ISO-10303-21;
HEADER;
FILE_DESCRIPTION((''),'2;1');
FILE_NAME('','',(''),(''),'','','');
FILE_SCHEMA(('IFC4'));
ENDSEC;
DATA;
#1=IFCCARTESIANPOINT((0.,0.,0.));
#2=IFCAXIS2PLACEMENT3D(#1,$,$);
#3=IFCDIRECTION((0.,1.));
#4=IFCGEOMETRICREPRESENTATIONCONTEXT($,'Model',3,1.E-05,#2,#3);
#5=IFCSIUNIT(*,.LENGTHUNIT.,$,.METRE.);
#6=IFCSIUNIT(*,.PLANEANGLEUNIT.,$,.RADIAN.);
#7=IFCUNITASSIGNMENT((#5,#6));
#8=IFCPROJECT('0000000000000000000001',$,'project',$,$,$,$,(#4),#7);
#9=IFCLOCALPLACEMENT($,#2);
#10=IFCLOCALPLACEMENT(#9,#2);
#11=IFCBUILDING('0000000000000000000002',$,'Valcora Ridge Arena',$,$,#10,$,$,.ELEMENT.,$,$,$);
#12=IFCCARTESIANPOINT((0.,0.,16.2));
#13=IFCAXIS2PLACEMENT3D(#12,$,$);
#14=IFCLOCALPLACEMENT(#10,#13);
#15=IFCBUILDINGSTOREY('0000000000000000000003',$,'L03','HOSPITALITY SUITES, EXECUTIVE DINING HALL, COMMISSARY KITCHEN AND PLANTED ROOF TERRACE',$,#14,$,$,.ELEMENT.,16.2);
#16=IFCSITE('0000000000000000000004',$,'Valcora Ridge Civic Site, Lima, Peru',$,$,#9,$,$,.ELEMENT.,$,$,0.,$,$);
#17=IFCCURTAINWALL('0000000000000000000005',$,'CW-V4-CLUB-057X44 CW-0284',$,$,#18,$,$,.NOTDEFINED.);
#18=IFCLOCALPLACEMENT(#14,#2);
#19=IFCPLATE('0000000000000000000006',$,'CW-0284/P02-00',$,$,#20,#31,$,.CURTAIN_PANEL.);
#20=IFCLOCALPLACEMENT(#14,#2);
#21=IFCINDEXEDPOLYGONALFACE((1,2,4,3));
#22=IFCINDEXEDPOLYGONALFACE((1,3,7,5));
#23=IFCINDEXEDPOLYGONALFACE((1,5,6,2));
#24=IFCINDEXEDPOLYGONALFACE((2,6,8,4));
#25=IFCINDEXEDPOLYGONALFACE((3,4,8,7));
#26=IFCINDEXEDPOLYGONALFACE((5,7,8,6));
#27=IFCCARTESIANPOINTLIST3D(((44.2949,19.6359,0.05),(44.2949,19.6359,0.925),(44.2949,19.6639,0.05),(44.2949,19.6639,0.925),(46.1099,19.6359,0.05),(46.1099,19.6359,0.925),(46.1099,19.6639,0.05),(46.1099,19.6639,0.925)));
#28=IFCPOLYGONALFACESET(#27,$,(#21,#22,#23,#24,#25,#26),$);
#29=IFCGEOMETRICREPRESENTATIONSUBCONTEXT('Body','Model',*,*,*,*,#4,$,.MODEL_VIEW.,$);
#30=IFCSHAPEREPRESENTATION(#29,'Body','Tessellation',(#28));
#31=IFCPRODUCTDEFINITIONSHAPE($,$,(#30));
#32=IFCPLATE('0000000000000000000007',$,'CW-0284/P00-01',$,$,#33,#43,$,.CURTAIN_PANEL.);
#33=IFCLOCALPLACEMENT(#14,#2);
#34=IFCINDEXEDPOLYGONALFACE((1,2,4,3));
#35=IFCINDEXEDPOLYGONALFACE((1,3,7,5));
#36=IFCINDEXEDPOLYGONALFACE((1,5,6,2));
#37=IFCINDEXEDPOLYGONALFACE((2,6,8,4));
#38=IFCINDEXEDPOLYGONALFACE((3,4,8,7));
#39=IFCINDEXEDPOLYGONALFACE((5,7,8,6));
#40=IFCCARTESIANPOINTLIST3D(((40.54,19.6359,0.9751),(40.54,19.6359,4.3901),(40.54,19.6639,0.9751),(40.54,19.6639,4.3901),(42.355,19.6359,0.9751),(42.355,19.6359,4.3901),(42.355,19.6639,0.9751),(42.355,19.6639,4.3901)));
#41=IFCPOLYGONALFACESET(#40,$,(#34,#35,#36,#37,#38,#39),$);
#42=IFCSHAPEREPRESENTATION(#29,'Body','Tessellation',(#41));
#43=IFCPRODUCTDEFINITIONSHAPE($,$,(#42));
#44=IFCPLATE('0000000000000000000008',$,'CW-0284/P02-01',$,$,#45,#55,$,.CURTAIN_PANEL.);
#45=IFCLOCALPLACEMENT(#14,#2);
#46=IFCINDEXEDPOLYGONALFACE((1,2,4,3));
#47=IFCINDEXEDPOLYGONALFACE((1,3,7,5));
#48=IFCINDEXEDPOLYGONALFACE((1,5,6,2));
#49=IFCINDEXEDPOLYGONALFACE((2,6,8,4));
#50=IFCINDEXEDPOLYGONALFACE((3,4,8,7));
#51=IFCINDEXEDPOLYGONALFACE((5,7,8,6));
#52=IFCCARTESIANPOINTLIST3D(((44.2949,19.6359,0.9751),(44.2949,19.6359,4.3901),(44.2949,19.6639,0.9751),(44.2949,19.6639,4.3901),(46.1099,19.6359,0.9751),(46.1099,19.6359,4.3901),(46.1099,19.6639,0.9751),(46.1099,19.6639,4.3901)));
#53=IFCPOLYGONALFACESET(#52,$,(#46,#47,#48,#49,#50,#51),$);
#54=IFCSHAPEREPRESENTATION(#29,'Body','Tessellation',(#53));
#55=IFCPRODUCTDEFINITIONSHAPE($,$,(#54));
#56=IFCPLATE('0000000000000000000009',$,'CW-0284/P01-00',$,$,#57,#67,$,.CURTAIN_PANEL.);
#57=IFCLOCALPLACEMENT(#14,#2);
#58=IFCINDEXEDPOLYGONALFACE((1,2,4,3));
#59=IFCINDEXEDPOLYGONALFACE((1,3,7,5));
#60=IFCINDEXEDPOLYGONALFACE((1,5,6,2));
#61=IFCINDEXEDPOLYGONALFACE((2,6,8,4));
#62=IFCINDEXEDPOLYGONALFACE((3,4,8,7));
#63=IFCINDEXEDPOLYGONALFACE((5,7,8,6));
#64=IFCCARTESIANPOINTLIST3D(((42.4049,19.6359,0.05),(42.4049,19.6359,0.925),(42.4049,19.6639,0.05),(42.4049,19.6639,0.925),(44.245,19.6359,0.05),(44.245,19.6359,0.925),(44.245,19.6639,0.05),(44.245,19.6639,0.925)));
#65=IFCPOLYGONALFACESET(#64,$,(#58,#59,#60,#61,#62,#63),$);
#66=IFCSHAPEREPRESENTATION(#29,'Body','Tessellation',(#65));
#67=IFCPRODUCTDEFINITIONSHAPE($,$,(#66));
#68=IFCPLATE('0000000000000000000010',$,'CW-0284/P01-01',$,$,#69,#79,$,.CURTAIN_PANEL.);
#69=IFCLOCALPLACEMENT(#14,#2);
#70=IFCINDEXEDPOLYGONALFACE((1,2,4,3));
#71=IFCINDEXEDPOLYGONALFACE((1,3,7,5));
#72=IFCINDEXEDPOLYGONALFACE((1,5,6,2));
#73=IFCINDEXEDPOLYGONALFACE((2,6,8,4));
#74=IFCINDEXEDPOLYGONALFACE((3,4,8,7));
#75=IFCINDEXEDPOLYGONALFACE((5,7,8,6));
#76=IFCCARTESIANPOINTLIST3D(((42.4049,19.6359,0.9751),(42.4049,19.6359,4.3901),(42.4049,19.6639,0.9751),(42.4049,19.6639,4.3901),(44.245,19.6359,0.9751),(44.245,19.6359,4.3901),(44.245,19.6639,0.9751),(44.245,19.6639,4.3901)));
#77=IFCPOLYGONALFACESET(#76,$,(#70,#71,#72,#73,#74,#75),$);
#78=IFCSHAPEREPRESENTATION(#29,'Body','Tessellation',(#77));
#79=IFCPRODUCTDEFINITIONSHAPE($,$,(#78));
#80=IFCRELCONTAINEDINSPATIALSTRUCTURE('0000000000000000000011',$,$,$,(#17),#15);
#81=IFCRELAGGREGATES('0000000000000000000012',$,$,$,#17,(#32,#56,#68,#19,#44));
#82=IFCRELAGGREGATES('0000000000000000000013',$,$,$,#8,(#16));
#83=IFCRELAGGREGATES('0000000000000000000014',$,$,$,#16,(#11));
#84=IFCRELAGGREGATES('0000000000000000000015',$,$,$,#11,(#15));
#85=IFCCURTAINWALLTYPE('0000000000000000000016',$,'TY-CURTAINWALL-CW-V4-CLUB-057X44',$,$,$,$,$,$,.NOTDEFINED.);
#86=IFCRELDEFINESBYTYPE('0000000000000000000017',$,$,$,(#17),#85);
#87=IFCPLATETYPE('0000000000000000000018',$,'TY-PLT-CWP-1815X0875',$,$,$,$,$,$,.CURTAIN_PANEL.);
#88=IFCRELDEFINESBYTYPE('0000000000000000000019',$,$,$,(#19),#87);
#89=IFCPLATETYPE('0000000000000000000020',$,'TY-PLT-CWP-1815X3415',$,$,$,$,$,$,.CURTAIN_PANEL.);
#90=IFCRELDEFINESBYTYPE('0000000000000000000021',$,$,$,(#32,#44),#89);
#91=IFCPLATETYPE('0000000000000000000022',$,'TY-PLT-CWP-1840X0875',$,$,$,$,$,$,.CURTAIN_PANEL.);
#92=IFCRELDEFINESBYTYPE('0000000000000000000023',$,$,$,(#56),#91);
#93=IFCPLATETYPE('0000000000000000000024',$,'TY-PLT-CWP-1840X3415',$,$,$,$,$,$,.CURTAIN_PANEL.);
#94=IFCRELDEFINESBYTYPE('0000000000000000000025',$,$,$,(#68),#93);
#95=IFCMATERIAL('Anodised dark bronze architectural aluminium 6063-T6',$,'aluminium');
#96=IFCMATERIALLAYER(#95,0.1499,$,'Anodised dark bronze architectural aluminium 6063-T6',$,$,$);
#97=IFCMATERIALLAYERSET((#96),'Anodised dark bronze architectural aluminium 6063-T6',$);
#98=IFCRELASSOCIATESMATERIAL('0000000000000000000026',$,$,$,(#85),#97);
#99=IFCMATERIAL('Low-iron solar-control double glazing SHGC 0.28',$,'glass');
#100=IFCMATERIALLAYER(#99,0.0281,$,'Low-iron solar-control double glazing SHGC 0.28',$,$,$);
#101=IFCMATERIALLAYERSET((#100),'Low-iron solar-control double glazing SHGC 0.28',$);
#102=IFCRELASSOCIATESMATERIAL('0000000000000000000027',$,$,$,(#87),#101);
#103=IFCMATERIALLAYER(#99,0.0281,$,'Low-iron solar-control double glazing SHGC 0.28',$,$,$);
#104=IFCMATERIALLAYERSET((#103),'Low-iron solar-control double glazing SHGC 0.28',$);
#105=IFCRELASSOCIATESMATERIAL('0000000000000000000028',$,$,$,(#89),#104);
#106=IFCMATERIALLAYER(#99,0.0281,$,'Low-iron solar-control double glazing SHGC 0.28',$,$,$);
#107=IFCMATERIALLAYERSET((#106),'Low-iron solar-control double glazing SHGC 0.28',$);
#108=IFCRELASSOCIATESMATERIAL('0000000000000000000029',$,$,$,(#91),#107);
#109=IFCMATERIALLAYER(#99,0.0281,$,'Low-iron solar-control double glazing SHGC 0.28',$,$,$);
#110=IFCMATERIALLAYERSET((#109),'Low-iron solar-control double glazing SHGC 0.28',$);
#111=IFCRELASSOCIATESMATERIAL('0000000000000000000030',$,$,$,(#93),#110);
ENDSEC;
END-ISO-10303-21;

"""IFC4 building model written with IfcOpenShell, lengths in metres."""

from ifc_helpers import new_model, si_unit, direction, frame, origin, origin_2d, place, context, subcontext, project, spatial, rectangle, extrude, material, layer, layer_set, type_object, element, aggregate, save


model = new_model("IFC4")

# Units and contexts
model_context = context("Model", 3, precision=1e-05, world=origin(), true_north=direction((0.0, 1.0)))
body_context = subcontext(model_context, "Body", "Model", "MODEL_VIEW")
ifc_project = project(units=[si_unit("LENGTHUNIT", "METRE"), si_unit("PLANEANGLEUNIT", "RADIAN")], contexts=[model_context])

# Site, building, storey
site_placement = place(None, origin())
site = spatial("IfcSite", under=ifc_project, at=site_placement, Name="Valcora Ridge Civic Site, Lima, Peru", CompositionType="ELEMENT", RefElevation=0.0)
building_placement = place(site_placement, origin())
building = spatial("IfcBuilding", under=site, at=building_placement, Name="Valcora Ridge Arena", CompositionType="ELEMENT")
storey_placement = place(building_placement, frame((0.0, 0.0, 16.2)))
storey = spatial("IfcBuildingStorey", under=building, at=storey_placement, Name="L03", Description="HOSPITALITY SUITES, EXECUTIVE DINING HALL, COMMISSARY KITCHEN AND PLANTED ROOF TERRACE", CompositionType="ELEMENT", Elevation=16.2)

# Curtain wall
ifc_material_1 = material(Name="Anodised dark bronze architectural aluminium 6063-T6", Category="aluminium")
ifc_layer_1 = layer(ifc_material_1, 0.1499, Name="Anodised dark bronze architectural aluminium 6063-T6")
ifc_layer_set_1 = layer_set([ifc_layer_1], Name="Anodised dark bronze architectural aluminium 6063-T6")
curtain_wall_type_1 = type_object("IfcCurtainWallType", Name="TY-CURTAINWALL-CW-V4-CLUB-057X44", PredefinedType="NOTDEFINED", material=ifc_layer_set_1)
curtain_wall_1_placement = place(storey_placement, origin())
curtain_wall_1 = element("IfcCurtainWall", 1, at=curtain_wall_1_placement, inside=storey, type_object=curtain_wall_type_1, Name="CW-V4-CLUB-057X44 CW-0284", PredefinedType="NOTDEFINED")

# Plates
ifc_material_2 = material(Name="Low-iron solar-control double glazing SHGC 0.28", Category="glass")
ifc_layer_2 = layer(ifc_material_2, 0.0281, Name="Low-iron solar-control double glazing SHGC 0.28")
ifc_layer_set_2 = layer_set([ifc_layer_2], Name="Low-iron solar-control double glazing SHGC 0.28")
plate_type_1 = type_object("IfcPlateType", Name="TY-PLT-CWP-1815X0875", PredefinedType="CURTAIN_PANEL", material=ifc_layer_set_2)
plate_1_placement = place(storey_placement, frame((45.2024, 19.6499, 0.05), z_axis=(0.0, 0.0, 1.0), x_axis=(1.0, 0.0, 0.0)))
plate_1 = element("IfcPlate", 2, at=plate_1_placement, type_object=plate_type_1, Name="CW-0284/P02-00", PredefinedType="CURTAIN_PANEL", context=body_context, shape_type="SweptSolid", body=[
    extrude(rectangle(XDim=1.8149, YDim=0.0281, at=origin_2d()), origin(), (0.0, 0.0, 1.0), 0.875),
])
ifc_layer_3 = layer(ifc_material_2, 0.0281, Name="Low-iron solar-control double glazing SHGC 0.28")
ifc_layer_set_3 = layer_set([ifc_layer_3], Name="Low-iron solar-control double glazing SHGC 0.28")
plate_type_2 = type_object("IfcPlateType", Name="TY-PLT-CWP-1815X3415", PredefinedType="CURTAIN_PANEL", material=ifc_layer_set_3)
plate_2_placement = place(storey_placement, frame((41.4475, 19.6499, 0.9751), z_axis=(0.0, 0.0, 1.0), x_axis=(1.0, 0.0, 0.0)))
plate_2 = element("IfcPlate", 3, at=plate_2_placement, type_object=plate_type_2, Name="CW-0284/P00-01", PredefinedType="CURTAIN_PANEL", context=body_context, shape_type="SweptSolid", body=[
    extrude(rectangle(XDim=1.8149, YDim=0.0281, at=origin_2d()), origin(), (0.0, 0.0, 1.0), 3.415),
])
plate_3_placement = place(storey_placement, frame((45.2024, 19.6499, 0.9751), z_axis=(0.0, 0.0, 1.0), x_axis=(1.0, 0.0, 0.0)))
plate_3 = element("IfcPlate", 4, at=plate_3_placement, type_object=plate_type_2, Name="CW-0284/P02-01", PredefinedType="CURTAIN_PANEL", context=body_context, shape_type="SweptSolid", body=[
    extrude(rectangle(XDim=1.8149, YDim=0.0281, at=origin_2d()), origin(), (0.0, 0.0, 1.0), 3.415),
])
ifc_layer_4 = layer(ifc_material_2, 0.0281, Name="Low-iron solar-control double glazing SHGC 0.28")
ifc_layer_set_4 = layer_set([ifc_layer_4], Name="Low-iron solar-control double glazing SHGC 0.28")
plate_type_3 = type_object("IfcPlateType", Name="TY-PLT-CWP-1840X0875", PredefinedType="CURTAIN_PANEL", material=ifc_layer_set_4)
plate_4_placement = place(storey_placement, frame((43.325, 19.6499, 0.05), z_axis=(0.0, 0.0, 1.0), x_axis=(1.0, 0.0, 0.0)))
plate_4 = element("IfcPlate", 5, at=plate_4_placement, type_object=plate_type_3, Name="CW-0284/P01-00", PredefinedType="CURTAIN_PANEL", context=body_context, shape_type="SweptSolid", body=[
    extrude(rectangle(XDim=1.8401, YDim=0.0281, at=origin_2d()), origin(), (0.0, 0.0, 1.0), 0.875),
])
ifc_layer_5 = layer(ifc_material_2, 0.0281, Name="Low-iron solar-control double glazing SHGC 0.28")
ifc_layer_set_5 = layer_set([ifc_layer_5], Name="Low-iron solar-control double glazing SHGC 0.28")
plate_type_4 = type_object("IfcPlateType", Name="TY-PLT-CWP-1840X3415", PredefinedType="CURTAIN_PANEL", material=ifc_layer_set_5)
plate_5_placement = place(storey_placement, frame((43.325, 19.6499, 0.9751), z_axis=(0.0, 0.0, 1.0), x_axis=(1.0, 0.0, 0.0)))
plate_5 = element("IfcPlate", 6, at=plate_5_placement, type_object=plate_type_4, Name="CW-0284/P01-01", PredefinedType="CURTAIN_PANEL", context=body_context, shape_type="SweptSolid", body=[
    extrude(rectangle(XDim=1.8401, YDim=0.0281, at=origin_2d()), origin(), (0.0, 0.0, 1.0), 3.415),
])
aggregate(curtain_wall_1, [plate_2, plate_4, plate_5, plate_1, plate_3])

save(model, "model.ifc")
